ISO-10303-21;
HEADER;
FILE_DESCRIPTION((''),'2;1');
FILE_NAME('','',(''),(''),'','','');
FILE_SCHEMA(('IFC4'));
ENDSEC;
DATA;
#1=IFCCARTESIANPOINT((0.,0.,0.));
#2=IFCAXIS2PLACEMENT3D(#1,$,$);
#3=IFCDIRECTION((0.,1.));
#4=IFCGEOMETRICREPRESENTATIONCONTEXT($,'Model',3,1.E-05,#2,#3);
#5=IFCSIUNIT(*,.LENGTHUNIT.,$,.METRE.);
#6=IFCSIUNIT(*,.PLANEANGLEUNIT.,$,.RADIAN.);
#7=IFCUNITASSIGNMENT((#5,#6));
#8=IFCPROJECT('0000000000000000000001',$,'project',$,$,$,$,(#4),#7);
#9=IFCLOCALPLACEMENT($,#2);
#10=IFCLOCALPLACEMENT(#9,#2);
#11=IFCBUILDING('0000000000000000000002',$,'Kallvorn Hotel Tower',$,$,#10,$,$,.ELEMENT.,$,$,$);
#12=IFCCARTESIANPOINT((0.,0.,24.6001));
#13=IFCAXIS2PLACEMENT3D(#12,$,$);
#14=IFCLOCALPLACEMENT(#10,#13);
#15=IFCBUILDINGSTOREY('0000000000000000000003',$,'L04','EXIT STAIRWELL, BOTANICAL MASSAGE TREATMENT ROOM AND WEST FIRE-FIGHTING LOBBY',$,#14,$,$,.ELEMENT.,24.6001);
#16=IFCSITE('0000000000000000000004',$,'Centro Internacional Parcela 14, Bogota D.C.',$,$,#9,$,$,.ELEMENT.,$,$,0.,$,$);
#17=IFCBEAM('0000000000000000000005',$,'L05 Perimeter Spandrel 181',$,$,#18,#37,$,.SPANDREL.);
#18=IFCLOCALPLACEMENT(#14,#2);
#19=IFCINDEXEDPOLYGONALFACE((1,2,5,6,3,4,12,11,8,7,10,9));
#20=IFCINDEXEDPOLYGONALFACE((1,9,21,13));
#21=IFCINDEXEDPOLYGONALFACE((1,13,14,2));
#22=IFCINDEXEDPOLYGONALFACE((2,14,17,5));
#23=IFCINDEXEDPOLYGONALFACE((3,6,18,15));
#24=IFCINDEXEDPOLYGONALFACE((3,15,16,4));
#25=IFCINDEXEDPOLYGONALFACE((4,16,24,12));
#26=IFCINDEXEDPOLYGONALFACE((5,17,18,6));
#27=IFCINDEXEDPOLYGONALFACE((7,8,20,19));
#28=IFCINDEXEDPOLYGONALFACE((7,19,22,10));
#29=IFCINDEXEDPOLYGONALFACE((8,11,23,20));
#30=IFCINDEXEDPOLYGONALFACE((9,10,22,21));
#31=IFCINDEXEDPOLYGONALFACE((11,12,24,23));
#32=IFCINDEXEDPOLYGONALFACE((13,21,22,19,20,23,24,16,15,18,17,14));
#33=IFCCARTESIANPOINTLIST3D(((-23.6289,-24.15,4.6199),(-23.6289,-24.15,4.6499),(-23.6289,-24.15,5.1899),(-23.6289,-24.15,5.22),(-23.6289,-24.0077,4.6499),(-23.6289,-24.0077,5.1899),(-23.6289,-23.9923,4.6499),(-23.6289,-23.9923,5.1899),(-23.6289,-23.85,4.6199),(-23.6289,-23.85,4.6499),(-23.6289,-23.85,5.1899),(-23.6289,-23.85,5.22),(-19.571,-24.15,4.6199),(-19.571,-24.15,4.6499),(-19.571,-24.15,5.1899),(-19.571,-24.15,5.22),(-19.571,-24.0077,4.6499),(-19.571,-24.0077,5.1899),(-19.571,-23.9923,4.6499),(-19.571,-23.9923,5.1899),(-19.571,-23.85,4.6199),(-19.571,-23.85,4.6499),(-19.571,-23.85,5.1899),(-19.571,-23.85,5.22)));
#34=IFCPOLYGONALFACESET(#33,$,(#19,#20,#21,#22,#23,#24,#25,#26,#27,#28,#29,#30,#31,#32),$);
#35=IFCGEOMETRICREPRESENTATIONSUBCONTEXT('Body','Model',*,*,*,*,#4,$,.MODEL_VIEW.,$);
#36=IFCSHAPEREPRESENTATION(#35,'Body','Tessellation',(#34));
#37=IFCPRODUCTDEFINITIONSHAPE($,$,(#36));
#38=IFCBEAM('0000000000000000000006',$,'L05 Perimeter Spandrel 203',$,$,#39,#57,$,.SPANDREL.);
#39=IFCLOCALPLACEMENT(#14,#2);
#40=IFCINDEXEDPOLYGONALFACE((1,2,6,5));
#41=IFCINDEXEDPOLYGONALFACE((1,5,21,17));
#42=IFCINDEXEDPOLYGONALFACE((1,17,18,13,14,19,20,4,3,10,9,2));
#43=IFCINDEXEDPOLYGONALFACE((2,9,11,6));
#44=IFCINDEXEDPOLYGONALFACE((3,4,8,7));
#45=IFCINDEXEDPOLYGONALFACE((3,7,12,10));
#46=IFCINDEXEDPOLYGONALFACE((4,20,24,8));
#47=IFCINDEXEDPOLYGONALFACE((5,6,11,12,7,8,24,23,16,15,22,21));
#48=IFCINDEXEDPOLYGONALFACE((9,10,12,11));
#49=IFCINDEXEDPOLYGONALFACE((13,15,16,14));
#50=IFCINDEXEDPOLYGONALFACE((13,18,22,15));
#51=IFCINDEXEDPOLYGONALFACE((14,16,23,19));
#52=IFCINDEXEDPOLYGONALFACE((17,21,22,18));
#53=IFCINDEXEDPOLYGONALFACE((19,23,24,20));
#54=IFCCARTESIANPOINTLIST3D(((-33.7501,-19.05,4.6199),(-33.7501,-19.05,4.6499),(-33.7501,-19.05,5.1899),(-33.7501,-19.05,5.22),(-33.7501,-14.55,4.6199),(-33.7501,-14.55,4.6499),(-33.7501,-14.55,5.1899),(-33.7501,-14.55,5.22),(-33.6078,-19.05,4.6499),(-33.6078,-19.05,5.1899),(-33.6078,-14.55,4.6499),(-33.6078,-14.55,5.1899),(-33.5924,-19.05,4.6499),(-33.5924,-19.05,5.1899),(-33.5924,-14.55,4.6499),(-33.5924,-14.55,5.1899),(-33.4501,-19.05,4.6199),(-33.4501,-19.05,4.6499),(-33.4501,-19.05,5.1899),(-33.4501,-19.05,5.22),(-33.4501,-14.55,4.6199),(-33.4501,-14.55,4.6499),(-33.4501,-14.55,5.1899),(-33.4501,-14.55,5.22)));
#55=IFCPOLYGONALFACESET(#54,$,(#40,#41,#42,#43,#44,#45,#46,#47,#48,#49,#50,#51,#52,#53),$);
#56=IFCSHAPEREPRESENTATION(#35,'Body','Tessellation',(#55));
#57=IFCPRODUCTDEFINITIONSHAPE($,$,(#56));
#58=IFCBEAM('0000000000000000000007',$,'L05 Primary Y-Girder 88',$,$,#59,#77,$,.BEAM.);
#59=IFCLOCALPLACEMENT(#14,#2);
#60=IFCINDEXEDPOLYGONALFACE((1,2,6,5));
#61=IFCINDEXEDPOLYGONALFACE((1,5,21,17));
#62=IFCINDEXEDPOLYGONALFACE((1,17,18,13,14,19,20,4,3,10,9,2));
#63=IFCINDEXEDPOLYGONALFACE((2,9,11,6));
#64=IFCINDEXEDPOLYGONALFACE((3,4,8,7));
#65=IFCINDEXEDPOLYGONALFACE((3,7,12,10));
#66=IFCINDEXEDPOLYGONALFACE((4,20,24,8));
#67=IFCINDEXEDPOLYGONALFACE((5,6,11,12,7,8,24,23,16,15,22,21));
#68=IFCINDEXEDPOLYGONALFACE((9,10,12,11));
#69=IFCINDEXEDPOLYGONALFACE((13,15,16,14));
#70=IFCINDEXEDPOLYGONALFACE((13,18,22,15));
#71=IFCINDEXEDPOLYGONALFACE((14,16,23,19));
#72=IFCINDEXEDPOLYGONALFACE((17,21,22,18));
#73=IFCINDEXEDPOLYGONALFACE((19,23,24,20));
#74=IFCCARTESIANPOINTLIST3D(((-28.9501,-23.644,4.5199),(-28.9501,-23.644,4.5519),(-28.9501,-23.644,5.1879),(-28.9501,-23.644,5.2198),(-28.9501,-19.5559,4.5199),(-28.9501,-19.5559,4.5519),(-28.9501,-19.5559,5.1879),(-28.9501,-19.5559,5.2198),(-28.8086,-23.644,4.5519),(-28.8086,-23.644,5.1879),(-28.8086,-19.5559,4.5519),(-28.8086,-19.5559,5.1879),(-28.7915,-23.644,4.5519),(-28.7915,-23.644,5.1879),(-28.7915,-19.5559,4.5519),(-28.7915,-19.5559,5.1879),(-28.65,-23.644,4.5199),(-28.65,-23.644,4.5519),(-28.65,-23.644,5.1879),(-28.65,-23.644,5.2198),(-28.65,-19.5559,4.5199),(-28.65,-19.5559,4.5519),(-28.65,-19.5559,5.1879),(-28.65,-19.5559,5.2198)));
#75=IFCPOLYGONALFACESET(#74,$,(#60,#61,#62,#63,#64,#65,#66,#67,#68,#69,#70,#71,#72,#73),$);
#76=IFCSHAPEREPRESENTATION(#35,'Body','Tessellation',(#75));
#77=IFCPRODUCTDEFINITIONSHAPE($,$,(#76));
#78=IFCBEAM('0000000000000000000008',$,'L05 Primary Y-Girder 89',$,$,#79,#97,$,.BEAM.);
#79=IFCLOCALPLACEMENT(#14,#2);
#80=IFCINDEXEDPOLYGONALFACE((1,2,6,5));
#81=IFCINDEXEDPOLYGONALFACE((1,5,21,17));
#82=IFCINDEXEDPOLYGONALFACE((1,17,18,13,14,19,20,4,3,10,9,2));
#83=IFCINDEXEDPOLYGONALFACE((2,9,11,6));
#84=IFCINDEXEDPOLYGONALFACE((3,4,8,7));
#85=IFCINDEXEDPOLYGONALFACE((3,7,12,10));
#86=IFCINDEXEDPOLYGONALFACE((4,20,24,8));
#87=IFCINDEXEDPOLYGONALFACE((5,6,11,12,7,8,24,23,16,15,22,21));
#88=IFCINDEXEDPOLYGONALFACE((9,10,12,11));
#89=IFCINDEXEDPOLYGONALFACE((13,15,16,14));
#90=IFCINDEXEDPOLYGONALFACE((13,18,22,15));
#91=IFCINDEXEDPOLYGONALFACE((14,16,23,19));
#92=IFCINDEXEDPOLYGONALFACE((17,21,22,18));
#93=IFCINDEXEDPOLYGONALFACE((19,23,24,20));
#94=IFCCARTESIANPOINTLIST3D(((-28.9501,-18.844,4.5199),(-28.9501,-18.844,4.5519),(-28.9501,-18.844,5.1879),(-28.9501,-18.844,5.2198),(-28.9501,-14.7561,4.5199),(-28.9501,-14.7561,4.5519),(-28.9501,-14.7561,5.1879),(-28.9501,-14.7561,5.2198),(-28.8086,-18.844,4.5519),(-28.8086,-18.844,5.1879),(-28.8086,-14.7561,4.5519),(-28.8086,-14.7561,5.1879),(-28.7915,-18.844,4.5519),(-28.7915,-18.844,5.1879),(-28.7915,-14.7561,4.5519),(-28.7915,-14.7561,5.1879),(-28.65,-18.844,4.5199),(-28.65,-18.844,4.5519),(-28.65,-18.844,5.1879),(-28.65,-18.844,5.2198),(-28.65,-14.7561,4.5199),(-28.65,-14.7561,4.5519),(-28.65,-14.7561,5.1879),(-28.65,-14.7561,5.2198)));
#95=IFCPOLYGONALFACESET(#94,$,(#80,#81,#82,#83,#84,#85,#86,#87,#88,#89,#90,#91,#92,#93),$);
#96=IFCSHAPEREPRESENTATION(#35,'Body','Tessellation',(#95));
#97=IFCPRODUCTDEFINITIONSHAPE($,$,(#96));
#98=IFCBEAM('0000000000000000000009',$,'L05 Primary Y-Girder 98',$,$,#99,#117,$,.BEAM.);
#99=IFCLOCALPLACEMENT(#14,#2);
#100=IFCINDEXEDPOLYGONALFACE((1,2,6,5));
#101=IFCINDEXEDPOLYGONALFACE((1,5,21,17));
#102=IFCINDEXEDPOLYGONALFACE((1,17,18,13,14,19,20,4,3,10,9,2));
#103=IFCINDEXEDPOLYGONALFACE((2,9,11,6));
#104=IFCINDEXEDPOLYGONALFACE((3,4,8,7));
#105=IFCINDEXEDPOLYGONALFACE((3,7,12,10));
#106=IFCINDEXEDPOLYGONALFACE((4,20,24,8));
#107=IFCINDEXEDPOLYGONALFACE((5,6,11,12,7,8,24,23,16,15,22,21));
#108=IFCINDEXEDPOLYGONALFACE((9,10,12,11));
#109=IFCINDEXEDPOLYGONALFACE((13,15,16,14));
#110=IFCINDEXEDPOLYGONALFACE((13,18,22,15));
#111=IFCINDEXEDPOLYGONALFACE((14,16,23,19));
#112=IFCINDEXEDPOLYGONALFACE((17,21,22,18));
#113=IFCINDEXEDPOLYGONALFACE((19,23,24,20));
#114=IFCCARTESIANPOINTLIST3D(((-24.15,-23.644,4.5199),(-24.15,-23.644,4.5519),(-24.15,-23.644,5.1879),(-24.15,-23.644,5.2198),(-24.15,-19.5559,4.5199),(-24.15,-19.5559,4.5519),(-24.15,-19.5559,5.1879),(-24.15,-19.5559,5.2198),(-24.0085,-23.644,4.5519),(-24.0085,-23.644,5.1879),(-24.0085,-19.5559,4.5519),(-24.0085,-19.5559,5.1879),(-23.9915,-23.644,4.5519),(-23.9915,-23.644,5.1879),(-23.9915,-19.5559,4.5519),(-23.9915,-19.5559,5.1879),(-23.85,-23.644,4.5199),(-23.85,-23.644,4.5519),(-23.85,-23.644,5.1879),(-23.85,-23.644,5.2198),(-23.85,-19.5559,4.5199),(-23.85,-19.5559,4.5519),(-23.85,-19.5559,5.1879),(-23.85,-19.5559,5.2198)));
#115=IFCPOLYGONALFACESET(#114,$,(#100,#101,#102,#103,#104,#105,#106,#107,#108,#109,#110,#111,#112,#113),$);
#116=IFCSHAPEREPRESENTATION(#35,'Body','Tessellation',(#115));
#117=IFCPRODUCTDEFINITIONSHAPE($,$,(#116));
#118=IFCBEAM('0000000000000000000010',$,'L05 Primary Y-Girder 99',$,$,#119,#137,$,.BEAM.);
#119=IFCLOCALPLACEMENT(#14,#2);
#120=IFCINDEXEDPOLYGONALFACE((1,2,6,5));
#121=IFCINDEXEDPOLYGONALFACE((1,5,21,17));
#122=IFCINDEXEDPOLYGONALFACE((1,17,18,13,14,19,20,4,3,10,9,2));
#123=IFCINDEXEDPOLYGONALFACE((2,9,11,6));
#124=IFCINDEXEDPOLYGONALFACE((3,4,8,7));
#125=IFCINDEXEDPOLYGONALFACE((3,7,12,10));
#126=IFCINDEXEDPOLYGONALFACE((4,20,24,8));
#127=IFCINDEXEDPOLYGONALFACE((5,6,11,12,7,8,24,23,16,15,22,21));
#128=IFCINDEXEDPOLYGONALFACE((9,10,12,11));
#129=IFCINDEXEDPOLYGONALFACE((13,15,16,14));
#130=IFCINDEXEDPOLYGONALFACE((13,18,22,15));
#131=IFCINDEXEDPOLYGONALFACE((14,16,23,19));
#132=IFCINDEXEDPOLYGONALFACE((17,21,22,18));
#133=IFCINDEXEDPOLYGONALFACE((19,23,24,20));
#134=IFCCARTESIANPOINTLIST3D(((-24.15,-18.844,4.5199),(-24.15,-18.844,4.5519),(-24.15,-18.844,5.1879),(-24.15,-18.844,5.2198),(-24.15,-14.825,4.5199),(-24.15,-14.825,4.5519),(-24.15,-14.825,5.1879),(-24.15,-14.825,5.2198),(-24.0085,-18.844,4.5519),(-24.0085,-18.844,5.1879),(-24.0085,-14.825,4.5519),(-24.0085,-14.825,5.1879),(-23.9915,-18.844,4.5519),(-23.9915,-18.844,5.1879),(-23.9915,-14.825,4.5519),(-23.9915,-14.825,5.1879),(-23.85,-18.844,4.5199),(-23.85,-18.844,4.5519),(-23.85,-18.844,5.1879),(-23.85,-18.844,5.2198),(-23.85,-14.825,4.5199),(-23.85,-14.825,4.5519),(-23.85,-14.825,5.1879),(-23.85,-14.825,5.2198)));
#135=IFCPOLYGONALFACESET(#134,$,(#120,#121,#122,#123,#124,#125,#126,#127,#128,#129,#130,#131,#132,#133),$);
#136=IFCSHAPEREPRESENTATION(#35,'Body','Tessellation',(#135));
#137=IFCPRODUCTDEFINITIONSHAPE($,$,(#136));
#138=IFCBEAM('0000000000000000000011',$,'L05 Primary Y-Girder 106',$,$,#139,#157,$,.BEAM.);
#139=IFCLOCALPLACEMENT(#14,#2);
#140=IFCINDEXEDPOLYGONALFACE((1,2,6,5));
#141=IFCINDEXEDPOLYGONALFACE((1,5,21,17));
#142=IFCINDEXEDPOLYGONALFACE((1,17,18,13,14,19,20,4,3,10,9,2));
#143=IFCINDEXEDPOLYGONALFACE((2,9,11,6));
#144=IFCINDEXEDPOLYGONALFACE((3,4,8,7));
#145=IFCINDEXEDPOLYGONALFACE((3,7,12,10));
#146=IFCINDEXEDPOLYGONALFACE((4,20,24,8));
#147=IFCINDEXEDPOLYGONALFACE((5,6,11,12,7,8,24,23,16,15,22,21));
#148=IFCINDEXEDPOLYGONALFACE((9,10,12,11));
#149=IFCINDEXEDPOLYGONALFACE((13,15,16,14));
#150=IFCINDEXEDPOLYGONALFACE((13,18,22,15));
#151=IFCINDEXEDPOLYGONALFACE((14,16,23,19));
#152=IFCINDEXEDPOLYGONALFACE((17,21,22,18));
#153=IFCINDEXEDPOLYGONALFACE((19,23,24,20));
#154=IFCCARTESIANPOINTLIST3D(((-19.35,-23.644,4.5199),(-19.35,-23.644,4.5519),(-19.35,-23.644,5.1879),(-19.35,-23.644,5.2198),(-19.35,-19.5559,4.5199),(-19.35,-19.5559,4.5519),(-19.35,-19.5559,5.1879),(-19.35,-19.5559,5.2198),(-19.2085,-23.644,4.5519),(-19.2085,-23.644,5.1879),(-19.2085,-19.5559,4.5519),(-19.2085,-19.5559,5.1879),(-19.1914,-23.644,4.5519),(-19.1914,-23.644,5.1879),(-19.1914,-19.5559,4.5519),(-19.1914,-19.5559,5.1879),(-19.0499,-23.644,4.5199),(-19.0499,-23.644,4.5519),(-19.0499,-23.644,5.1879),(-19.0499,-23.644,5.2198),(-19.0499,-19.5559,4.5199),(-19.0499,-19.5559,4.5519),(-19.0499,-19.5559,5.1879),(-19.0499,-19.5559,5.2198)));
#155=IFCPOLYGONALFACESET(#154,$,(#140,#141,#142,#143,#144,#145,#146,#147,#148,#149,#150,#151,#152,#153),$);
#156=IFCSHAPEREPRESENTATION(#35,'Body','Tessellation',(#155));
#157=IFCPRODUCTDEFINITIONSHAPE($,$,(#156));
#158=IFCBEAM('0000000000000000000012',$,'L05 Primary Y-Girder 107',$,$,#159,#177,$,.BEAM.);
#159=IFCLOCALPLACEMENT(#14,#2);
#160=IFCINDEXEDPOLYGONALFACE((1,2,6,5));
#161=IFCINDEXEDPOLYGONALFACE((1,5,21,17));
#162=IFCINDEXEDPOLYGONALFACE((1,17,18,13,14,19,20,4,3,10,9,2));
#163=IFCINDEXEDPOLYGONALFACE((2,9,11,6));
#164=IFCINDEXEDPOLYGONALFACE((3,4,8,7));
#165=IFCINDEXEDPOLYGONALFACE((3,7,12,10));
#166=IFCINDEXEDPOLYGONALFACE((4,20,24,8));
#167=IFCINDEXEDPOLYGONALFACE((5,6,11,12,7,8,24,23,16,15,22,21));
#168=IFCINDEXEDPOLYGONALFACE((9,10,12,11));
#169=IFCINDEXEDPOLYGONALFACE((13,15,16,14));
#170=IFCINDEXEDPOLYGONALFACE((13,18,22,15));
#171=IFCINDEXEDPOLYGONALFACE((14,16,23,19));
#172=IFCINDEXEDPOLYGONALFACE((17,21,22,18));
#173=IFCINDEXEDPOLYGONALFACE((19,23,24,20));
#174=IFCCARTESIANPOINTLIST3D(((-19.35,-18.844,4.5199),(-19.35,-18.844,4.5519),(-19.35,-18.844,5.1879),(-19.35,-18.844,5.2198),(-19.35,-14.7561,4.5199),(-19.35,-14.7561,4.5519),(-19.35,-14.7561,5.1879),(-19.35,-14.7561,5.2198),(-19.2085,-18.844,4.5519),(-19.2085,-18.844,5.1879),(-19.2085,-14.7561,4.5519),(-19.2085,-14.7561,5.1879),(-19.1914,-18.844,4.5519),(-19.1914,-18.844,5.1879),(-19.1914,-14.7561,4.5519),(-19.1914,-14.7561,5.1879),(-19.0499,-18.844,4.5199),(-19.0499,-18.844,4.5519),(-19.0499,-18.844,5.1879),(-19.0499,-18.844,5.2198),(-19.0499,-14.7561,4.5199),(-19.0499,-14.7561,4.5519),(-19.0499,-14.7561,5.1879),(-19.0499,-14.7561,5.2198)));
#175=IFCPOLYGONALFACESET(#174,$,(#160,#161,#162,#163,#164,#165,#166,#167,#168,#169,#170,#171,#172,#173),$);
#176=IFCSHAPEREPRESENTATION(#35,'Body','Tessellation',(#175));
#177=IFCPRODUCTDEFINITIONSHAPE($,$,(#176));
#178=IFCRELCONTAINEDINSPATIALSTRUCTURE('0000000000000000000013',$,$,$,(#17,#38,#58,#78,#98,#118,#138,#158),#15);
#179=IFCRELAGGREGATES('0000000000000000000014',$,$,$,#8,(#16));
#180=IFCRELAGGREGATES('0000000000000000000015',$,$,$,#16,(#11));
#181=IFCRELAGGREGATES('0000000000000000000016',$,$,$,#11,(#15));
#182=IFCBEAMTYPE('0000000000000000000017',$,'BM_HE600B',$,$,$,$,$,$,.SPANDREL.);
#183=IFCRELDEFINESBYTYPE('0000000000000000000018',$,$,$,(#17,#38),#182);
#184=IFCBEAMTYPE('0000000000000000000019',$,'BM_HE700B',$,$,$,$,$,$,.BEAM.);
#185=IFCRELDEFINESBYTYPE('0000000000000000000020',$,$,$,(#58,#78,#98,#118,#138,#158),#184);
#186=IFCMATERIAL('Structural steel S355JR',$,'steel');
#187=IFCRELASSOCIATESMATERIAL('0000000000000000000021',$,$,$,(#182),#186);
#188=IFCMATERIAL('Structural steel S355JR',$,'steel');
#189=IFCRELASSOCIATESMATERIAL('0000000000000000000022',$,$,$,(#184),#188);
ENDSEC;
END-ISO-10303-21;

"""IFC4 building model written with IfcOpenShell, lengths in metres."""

from ifc_helpers import new_model, si_unit, direction, frame, origin, origin_2d, place, context, subcontext, project, spatial, i_section, extrude, material, material_profile, profile_set, type_object, element, save


model = new_model("IFC4")

# Units and contexts
model_context = context("Model", 3, precision=1e-05, world=origin(), true_north=direction((0.0, 1.0)))
body_context = subcontext(model_context, "Body", "Model", "MODEL_VIEW")
ifc_project = project(units=[si_unit("LENGTHUNIT", "METRE"), si_unit("PLANEANGLEUNIT", "RADIAN")], contexts=[model_context])

# Site, building, storey
site_placement = place(None, origin())
site = spatial("IfcSite", under=ifc_project, at=site_placement, Name="Centro Internacional Parcela 14, Bogota D.C.", CompositionType="ELEMENT", RefElevation=0.0)
building_placement = place(site_placement, origin())
building = spatial("IfcBuilding", under=site, at=building_placement, Name="Kallvorn Hotel Tower", CompositionType="ELEMENT")
storey_placement = place(building_placement, frame((0.0, 0.0, 24.6001)))
storey = spatial("IfcBuildingStorey", under=building, at=storey_placement, Name="L04", Description="EXIT STAIRWELL, BOTANICAL MASSAGE TREATMENT ROOM AND WEST FIRE-FIGHTING LOBBY", CompositionType="ELEMENT", Elevation=24.6001)

# Beams
ifc_material_1 = material(Name="Structural steel S355JR", Category="steel")
ifc_material_profile_1 = material_profile(ifc_material_1, i_section(OverallWidth=0.3, OverallDepth=0.6001, WebThickness=0.0154, FlangeThickness=0.03, at=origin_2d()), Name="HE 600 B")
ifc_profile_set_1 = profile_set([ifc_material_profile_1], Name="Structural steel S355JR")
beam_type_1 = type_object("IfcBeamType", Name="BM_HE600B", PredefinedType="SPANDREL", material=ifc_profile_set_1)
for number, where, z_axis, x_axis, name in (
    (1, (-23.6289, -24.0, 4.9199), (1.0, 0.0, 0.0), (0.0, 1.0, 0.0), "L05 Perimeter Spandrel 181"),
):
    element("IfcBeam", number, at=place(storey_placement, frame(where, z_axis=z_axis, x_axis=x_axis)), inside=storey, type_object=beam_type_1, Name=name, PredefinedType="SPANDREL", context=body_context, shape_type="SweptSolid", body=[
        extrude(i_section(OverallWidth=0.3, OverallDepth=0.6001, WebThickness=0.0154, FlangeThickness=0.03, at=origin_2d()), origin(), (0.0, 0.0, 1.0), 4.0579),
    ])
beam_1_placement = place(storey_placement, frame((-33.6001, -19.05, 4.9199), z_axis=(0.0, 1.0, 0.0), x_axis=(-1.0, 0.0, 0.0)))
element("IfcBeam", 2, at=beam_1_placement, inside=storey, type_object=beam_type_1, Name="L05 Perimeter Spandrel 203", PredefinedType="SPANDREL", context=body_context, shape_type="SweptSolid", body=[
    extrude(i_section(OverallWidth=0.3, OverallDepth=0.6001, WebThickness=0.0154, FlangeThickness=0.03, at=origin_2d()), origin(), (0.0, 0.0, 1.0), 4.5),
])
ifc_material_2 = material(Name="Structural steel S355JR", Category="steel")
ifc_material_profile_2 = material_profile(ifc_material_2, i_section(OverallWidth=0.3, OverallDepth=0.7, WebThickness=0.0171, FlangeThickness=0.032, at=origin_2d()), Name="HE 700 B")
ifc_profile_set_2 = profile_set([ifc_material_profile_2], Name="Structural steel S355JR")
beam_type_2 = type_object("IfcBeamType", Name="BM_HE700B", PredefinedType="BEAM", material=ifc_profile_set_2)
beam_2_placement = place(storey_placement, frame((-28.8, -23.644, 4.8699), z_axis=(0.0, 1.0, 0.0), x_axis=(-1.0, 0.0, 0.0)))
element("IfcBeam", 3, at=beam_2_placement, inside=storey, type_object=beam_type_2, Name="L05 Primary Y-Girder 88", PredefinedType="BEAM", context=body_context, shape_type="SweptSolid", body=[
    extrude(i_section(OverallWidth=0.3, OverallDepth=0.7, WebThickness=0.0171, FlangeThickness=0.032, at=origin_2d()), origin(), (0.0, 0.0, 1.0), 4.0881),
])
beam_3_placement = place(storey_placement, frame((-28.8, -18.844, 4.8699), z_axis=(0.0, 1.0, 0.0), x_axis=(-1.0, 0.0, 0.0)))
element("IfcBeam", 4, at=beam_3_placement, inside=storey, type_object=beam_type_2, Name="L05 Primary Y-Girder 89", PredefinedType="BEAM", context=body_context, shape_type="SweptSolid", body=[
    extrude(i_section(OverallWidth=0.3, OverallDepth=0.7, WebThickness=0.0171, FlangeThickness=0.032, at=origin_2d()), origin(), (0.0, 0.0, 1.0), 4.0879),
])
beam_4_placement = place(storey_placement, frame((-24.0, -23.644, 4.8699), z_axis=(0.0, 1.0, 0.0), x_axis=(-1.0, 0.0, 0.0)))
element("IfcBeam", 5, at=beam_4_placement, inside=storey, type_object=beam_type_2, Name="L05 Primary Y-Girder 98", PredefinedType="BEAM", context=body_context, shape_type="SweptSolid", body=[
    extrude(i_section(OverallWidth=0.3, OverallDepth=0.7, WebThickness=0.0171, FlangeThickness=0.032, at=origin_2d()), origin(), (0.0, 0.0, 1.0), 4.0881),
])
beam_5_placement = place(storey_placement, frame((-24.0, -18.844, 4.8699), z_axis=(0.0, 1.0, 0.0), x_axis=(-1.0, 0.0, 0.0)))
element("IfcBeam", 6, at=beam_5_placement, inside=storey, type_object=beam_type_2, Name="L05 Primary Y-Girder 99", PredefinedType="BEAM", context=body_context, shape_type="SweptSolid", body=[
    extrude(i_section(OverallWidth=0.3, OverallDepth=0.7, WebThickness=0.0171, FlangeThickness=0.032, at=origin_2d()), origin(), (0.0, 0.0, 1.0), 4.019),
])
beam_6_placement = place(storey_placement, frame((-19.2, -23.644, 4.8699), z_axis=(0.0, 1.0, 0.0), x_axis=(-1.0, 0.0, 0.0)))
element("IfcBeam", 7, at=beam_6_placement, inside=storey, type_object=beam_type_2, Name="L05 Primary Y-Girder 106", PredefinedType="BEAM", context=body_context, shape_type="SweptSolid", body=[
    extrude(i_section(OverallWidth=0.3, OverallDepth=0.7, WebThickness=0.0171, FlangeThickness=0.032, at=origin_2d()), origin(), (0.0, 0.0, 1.0), 4.0881),
])
beam_7_placement = place(storey_placement, frame((-19.2, -18.844, 4.8699), z_axis=(0.0, 1.0, 0.0), x_axis=(-1.0, 0.0, 0.0)))
element("IfcBeam", 8, at=beam_7_placement, inside=storey, type_object=beam_type_2, Name="L05 Primary Y-Girder 107", PredefinedType="BEAM", context=body_context, shape_type="SweptSolid", body=[
    extrude(i_section(OverallWidth=0.3, OverallDepth=0.7, WebThickness=0.0171, FlangeThickness=0.032, at=origin_2d()), origin(), (0.0, 0.0, 1.0), 4.0879),
])

save(model, "model.ifc")
